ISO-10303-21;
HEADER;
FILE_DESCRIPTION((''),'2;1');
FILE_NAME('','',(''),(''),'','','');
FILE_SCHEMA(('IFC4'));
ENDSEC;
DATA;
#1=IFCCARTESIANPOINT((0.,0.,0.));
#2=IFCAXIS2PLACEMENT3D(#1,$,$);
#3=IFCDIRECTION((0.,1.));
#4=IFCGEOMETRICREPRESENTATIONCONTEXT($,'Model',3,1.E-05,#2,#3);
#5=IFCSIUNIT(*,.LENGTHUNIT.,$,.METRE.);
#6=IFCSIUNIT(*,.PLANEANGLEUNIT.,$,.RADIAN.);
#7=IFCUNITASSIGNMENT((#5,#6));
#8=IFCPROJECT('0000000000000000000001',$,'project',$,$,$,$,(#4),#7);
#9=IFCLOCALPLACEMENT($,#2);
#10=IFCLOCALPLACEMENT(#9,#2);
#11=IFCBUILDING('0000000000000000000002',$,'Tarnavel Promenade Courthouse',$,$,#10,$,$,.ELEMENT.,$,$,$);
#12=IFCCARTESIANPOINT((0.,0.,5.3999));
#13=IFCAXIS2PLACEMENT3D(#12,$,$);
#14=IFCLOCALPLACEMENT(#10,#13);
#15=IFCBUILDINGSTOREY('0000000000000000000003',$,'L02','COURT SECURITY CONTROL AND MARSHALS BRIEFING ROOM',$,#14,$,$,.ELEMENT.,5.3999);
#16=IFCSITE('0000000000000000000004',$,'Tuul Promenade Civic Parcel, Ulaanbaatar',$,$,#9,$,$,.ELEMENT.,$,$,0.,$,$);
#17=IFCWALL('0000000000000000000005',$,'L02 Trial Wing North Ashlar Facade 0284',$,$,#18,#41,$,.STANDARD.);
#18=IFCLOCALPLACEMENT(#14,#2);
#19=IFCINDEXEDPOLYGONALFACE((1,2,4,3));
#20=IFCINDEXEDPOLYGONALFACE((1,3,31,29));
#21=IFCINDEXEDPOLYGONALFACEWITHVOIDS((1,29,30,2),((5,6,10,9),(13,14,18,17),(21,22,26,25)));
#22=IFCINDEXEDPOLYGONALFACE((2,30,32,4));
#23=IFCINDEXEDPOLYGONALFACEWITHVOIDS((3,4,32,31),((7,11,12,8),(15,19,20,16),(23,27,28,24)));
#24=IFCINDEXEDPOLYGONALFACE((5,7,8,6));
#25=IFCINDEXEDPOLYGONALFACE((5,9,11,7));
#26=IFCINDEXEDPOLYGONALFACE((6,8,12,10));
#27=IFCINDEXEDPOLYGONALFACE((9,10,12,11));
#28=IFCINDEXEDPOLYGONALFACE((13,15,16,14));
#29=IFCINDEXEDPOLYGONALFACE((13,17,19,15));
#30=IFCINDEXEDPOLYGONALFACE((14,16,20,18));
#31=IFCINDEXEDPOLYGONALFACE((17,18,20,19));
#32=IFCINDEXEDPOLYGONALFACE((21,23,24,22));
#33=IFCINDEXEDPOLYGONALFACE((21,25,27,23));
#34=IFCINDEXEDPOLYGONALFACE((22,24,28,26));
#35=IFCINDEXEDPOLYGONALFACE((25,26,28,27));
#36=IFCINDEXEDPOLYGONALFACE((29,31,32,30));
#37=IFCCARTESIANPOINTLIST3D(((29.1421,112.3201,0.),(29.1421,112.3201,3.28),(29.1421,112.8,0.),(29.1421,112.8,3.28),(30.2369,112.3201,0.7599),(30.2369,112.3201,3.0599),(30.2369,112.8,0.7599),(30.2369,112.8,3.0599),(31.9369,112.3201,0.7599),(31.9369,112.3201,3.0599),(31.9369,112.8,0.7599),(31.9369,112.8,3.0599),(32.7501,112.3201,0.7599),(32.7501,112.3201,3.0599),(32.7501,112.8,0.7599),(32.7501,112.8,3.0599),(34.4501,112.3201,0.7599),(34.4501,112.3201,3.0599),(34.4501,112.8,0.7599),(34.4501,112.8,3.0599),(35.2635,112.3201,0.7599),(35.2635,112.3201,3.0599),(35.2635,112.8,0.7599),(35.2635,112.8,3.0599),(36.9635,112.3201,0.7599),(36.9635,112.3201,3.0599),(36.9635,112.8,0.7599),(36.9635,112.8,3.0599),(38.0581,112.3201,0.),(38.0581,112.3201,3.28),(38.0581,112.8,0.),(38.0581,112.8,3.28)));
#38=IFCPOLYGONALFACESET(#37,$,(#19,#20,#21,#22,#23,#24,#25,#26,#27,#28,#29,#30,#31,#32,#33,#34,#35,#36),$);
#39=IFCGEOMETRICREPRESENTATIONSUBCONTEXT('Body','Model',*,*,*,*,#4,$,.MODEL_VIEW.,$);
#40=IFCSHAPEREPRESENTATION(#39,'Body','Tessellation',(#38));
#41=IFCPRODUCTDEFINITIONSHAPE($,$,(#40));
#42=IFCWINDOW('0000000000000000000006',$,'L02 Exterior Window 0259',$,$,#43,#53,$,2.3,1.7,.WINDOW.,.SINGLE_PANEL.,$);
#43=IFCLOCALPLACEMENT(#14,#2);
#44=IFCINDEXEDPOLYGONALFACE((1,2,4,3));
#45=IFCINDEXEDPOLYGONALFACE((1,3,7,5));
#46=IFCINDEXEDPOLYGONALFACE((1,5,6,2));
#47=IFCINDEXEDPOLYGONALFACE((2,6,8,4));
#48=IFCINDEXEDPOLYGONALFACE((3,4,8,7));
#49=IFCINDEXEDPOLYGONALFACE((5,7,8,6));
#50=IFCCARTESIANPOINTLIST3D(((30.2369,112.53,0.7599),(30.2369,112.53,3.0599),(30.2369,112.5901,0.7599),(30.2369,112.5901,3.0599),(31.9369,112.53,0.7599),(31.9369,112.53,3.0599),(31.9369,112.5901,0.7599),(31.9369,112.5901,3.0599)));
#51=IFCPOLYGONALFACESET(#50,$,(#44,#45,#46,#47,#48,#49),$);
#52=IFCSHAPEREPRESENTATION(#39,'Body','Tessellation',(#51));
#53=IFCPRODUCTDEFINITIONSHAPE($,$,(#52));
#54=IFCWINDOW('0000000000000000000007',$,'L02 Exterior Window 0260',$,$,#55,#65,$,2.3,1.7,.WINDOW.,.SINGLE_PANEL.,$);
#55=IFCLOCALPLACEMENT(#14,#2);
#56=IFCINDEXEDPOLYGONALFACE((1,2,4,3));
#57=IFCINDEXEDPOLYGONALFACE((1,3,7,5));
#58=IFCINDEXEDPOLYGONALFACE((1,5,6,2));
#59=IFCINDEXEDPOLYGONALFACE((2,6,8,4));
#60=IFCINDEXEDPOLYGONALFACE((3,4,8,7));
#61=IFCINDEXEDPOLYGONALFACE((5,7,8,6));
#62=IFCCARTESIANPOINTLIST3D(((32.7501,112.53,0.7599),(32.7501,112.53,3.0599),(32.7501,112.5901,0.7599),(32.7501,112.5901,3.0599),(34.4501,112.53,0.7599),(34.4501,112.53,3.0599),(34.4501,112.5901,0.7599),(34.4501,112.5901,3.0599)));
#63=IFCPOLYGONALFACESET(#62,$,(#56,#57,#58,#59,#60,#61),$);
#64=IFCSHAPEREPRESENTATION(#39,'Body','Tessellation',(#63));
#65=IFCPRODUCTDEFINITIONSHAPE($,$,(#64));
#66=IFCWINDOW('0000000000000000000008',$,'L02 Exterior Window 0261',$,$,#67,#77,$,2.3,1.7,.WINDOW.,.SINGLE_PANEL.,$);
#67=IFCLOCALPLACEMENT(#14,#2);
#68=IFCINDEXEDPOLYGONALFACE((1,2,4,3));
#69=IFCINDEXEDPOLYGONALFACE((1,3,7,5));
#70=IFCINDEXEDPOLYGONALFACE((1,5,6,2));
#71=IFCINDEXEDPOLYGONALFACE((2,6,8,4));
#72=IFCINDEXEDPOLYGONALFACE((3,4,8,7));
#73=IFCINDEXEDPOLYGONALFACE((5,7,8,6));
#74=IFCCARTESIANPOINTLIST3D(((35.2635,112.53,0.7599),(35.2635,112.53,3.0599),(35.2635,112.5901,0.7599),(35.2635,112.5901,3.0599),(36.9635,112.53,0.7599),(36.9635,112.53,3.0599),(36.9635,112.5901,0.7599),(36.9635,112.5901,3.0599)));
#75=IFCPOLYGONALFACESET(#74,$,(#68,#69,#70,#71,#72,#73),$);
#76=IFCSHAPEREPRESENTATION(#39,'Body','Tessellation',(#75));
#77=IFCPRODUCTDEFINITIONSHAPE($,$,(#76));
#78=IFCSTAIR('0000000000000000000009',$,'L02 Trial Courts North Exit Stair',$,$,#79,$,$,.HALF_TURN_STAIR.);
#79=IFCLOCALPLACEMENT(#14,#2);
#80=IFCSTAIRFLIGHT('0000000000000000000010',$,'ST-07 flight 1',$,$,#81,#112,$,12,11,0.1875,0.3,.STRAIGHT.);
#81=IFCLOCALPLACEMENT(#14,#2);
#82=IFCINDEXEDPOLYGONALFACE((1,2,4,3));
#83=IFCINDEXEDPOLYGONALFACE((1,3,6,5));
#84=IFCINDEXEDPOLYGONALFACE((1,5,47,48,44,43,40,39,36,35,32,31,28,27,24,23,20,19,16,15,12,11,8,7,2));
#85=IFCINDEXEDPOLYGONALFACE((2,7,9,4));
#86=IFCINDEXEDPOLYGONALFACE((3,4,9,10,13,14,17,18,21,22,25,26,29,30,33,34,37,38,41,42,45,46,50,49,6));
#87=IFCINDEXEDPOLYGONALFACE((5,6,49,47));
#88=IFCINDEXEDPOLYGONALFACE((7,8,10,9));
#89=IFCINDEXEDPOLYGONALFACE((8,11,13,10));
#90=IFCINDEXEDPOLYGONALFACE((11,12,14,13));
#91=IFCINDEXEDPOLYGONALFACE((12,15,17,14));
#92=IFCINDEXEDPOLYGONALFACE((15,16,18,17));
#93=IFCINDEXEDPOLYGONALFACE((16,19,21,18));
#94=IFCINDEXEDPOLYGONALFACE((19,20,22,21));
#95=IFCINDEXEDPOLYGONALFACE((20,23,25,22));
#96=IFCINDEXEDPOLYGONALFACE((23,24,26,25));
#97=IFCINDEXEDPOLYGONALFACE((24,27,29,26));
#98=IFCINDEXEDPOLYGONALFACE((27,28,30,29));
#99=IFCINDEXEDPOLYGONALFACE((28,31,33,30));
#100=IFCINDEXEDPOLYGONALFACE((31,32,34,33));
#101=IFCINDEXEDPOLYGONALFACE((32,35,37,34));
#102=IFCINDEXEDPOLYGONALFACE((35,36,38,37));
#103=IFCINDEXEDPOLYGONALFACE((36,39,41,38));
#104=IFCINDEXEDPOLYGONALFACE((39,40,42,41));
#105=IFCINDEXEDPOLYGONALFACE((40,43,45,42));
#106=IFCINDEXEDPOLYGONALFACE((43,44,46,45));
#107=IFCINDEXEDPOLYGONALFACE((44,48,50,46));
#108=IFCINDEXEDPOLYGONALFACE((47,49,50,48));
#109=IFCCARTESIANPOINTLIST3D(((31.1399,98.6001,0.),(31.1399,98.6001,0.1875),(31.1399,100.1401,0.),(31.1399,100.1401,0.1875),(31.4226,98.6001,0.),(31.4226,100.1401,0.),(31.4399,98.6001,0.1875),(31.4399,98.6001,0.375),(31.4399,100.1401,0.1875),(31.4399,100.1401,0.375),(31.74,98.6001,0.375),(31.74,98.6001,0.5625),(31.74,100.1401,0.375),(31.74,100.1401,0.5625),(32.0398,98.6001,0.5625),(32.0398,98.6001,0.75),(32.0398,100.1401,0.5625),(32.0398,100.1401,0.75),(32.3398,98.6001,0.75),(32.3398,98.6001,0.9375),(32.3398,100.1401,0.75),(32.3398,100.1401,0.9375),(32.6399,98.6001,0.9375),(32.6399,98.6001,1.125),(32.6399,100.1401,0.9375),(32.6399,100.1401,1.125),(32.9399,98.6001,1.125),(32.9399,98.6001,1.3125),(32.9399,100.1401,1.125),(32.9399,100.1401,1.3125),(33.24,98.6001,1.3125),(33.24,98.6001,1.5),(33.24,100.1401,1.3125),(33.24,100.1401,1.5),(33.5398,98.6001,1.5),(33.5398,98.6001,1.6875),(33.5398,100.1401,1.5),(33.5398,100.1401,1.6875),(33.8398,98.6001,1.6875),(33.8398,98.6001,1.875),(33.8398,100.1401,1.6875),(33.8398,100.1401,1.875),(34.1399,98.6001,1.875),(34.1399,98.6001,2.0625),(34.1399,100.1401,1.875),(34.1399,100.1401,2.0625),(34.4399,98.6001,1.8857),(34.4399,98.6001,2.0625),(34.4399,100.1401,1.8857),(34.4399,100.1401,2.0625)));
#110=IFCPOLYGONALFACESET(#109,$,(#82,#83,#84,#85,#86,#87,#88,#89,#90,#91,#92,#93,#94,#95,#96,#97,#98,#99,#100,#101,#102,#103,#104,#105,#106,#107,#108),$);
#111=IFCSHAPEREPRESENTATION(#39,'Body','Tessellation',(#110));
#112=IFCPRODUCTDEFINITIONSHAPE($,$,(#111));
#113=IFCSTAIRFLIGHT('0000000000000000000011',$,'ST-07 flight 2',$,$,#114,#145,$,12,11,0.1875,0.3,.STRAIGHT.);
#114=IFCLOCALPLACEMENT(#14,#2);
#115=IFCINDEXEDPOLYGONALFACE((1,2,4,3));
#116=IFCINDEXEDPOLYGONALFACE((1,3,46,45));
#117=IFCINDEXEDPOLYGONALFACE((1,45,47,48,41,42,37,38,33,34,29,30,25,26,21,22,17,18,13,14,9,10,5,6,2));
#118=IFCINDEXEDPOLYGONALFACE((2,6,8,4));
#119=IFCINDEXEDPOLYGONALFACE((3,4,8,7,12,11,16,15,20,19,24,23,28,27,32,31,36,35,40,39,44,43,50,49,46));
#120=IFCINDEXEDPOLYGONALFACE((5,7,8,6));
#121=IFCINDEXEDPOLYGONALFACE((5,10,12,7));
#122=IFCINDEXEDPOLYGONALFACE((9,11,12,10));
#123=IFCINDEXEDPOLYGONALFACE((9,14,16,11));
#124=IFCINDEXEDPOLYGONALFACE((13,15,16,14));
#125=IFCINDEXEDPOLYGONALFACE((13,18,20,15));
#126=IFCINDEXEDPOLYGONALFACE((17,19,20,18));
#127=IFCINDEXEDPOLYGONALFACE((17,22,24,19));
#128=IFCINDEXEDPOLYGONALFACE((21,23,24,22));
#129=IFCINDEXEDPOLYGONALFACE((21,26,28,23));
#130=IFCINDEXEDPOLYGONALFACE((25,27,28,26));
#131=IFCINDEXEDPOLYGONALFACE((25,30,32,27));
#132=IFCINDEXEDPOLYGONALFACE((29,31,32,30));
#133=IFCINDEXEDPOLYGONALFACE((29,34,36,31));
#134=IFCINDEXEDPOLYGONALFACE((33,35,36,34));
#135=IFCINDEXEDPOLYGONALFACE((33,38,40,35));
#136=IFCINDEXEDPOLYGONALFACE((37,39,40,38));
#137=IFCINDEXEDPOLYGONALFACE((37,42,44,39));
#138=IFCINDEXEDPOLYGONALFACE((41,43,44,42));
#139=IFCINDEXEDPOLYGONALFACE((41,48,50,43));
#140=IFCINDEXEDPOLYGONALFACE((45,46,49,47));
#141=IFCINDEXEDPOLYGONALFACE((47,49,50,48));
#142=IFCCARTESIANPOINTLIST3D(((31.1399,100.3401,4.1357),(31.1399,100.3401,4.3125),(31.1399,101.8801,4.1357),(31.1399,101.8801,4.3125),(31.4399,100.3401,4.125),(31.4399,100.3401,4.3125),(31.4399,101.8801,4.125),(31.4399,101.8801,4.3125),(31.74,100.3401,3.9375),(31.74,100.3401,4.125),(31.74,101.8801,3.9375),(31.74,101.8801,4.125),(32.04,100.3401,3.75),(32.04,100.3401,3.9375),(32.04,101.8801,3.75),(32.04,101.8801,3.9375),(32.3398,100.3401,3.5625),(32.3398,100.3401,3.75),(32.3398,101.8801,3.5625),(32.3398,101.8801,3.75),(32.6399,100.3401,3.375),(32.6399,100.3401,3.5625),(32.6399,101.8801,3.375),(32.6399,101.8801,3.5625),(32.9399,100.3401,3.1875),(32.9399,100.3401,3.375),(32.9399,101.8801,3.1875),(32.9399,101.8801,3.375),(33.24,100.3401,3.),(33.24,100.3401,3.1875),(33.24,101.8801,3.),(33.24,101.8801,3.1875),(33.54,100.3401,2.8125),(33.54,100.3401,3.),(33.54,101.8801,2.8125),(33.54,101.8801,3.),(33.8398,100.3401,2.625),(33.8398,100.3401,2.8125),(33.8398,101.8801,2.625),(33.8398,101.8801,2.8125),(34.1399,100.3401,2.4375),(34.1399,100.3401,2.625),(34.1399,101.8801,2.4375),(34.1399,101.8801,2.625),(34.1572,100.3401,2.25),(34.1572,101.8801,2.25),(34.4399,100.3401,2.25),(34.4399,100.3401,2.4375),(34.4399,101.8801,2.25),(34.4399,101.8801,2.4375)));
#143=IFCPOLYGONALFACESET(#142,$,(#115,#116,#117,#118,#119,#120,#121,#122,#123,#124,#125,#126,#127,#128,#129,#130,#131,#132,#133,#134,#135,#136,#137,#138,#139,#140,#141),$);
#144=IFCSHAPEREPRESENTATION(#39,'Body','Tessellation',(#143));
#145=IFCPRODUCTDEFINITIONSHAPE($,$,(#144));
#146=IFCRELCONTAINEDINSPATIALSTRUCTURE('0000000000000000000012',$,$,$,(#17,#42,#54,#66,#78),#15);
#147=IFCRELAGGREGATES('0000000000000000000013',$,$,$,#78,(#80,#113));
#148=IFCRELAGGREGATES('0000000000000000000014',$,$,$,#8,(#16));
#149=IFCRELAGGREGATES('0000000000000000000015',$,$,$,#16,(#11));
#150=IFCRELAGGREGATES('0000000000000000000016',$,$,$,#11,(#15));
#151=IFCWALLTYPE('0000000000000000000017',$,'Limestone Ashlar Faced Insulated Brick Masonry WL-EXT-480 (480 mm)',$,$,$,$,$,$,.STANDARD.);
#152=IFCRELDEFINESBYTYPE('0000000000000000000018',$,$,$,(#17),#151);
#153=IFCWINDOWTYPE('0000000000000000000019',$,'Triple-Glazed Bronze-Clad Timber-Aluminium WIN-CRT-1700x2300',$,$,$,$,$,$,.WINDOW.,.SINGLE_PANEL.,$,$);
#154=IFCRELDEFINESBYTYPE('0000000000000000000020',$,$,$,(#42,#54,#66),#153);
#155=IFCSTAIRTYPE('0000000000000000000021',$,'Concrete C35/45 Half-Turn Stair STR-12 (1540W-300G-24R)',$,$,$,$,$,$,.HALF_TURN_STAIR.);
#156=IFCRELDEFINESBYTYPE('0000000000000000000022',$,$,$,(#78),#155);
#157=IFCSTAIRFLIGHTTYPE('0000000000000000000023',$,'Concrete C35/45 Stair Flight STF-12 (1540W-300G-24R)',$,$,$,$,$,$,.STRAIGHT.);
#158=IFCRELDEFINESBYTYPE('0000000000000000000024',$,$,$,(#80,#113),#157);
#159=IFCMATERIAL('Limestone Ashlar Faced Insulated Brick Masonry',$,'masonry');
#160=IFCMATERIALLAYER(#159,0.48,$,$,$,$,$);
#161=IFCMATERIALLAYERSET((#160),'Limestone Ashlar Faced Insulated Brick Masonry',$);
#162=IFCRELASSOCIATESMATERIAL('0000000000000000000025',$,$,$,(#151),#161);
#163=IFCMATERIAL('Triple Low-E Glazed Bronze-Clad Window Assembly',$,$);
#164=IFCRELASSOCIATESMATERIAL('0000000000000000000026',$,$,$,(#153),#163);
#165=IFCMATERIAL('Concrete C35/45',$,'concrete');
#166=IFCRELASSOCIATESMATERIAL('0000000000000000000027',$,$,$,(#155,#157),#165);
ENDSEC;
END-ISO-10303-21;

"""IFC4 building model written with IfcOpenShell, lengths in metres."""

from ifc_helpers import new_model, si_unit, direction, frame, frame_2d, origin, place, context, subcontext, project, spatial, polyline, rectangle, outline, extrude, material, layer, layer_set, type_object, element, fill, aggregate, save


model = new_model("IFC4")

# Units and contexts
model_context = context("Model", 3, precision=1e-05, world=origin(), true_north=direction((0.0, 1.0)))
body_context = subcontext(model_context, "Body", "Model", "MODEL_VIEW")
ifc_project = project(units=[si_unit("LENGTHUNIT", "METRE"), si_unit("PLANEANGLEUNIT", "RADIAN")], contexts=[model_context])

# Site, building, storey
site_placement = place(None, origin())
site = spatial("IfcSite", under=ifc_project, at=site_placement, Name="Tuul Promenade Civic Parcel, Ulaanbaatar", CompositionType="ELEMENT", RefElevation=0.0)
building_placement = place(site_placement, origin())
building = spatial("IfcBuilding", under=site, at=building_placement, Name="Tarnavel Promenade Courthouse", CompositionType="ELEMENT")
storey_placement = place(building_placement, frame((0.0, 0.0, 5.3999)))
storey = spatial("IfcBuildingStorey", under=building, at=storey_placement, Name="L02", Description="COURT SECURITY CONTROL AND MARSHALS BRIEFING ROOM", CompositionType="ELEMENT", Elevation=5.3999)

# Wall, openings, windows
ifc_material_1 = material(Name="Limestone Ashlar Faced Insulated Brick Masonry", Category="masonry")
ifc_layer_1 = layer(ifc_material_1, 0.48)
ifc_layer_set_1 = layer_set([ifc_layer_1], Name="Limestone Ashlar Faced Insulated Brick Masonry")
wall_type_1 = type_object("IfcWallType", Name="Limestone Ashlar Faced Insulated Brick Masonry WL-EXT-480 (480 mm)", PredefinedType="STANDARD", material=ifc_layer_set_1)
wall_1_placement = place(storey_placement, frame((29.1421, 112.5601, 0.0), z_axis=(0.0, 0.0, 1.0), x_axis=(1.0, 0.0, 0.0)))
wall_1 = element("IfcWall", 1, at=wall_1_placement, inside=storey, type_object=wall_type_1, Name="L02 Trial Wing North Ashlar Facade 0284", PredefinedType="STANDARD", context=body_context, shape_type="SweptSolid", body=[
    extrude(rectangle(XDim=8.916, YDim=0.48, at=frame_2d((4.458, 0.0))), origin(), (0.0, 0.0, 1.0), 3.28),
])
opening_1_placement = place(wall_1_placement, frame((1.0947, 0.0, 0.76)))
opening_1 = element("IfcOpeningElement", 2, at=opening_1_placement, cuts=wall_1, PredefinedType="OPENING", context=body_context, shape_type="SweptSolid", body=[
    extrude(rectangle(XDim=1.7, YDim=2.3, at=frame_2d((0.8501, 1.1499))), frame((0.0, 0.25, 0.0), z_axis=(0.0, -1.0, 0.0), x_axis=(1.0, 0.0, 0.0)), (0.0, 0.0, 1.0), 0.5),
])
opening_2_placement = place(wall_1_placement, frame((3.6079, 0.0, 0.76)))
opening_2 = element("IfcOpeningElement", 3, at=opening_2_placement, cuts=wall_1, PredefinedType="OPENING", context=body_context, shape_type="SweptSolid", body=[
    extrude(rectangle(XDim=1.7, YDim=2.3, at=frame_2d((0.8501, 1.1499))), frame((0.0, 0.25, 0.0), z_axis=(0.0, -1.0, 0.0), x_axis=(1.0, 0.0, 0.0)), (0.0, 0.0, 1.0), 0.5),
])
opening_3_placement = place(wall_1_placement, frame((6.1213, 0.0, 0.76)))
opening_3 = element("IfcOpeningElement", 4, at=opening_3_placement, cuts=wall_1, PredefinedType="OPENING", context=body_context, shape_type="SweptSolid", body=[
    extrude(rectangle(XDim=1.7, YDim=2.3, at=frame_2d((0.8501, 1.1499))), frame((0.0, 0.25, 0.0), z_axis=(0.0, -1.0, 0.0), x_axis=(1.0, 0.0, 0.0)), (0.0, 0.0, 1.0), 0.5),
])
ifc_material_2 = material(Name="Triple Low-E Glazed Bronze-Clad Window Assembly")
window_type = type_object("IfcWindowType", Name="Triple-Glazed Bronze-Clad Timber-Aluminium WIN-CRT-1700x2300", PartitioningType="SINGLE_PANEL", PredefinedType="WINDOW", material=ifc_material_2)
window_1_placement = place(opening_1_placement, origin())
window_1 = element("IfcWindow", 5, at=window_1_placement, inside=storey, type_object=window_type, Name="L02 Exterior Window 0259", OverallHeight=2.3, OverallWidth=1.7, PartitioningType="SINGLE_PANEL", PredefinedType="WINDOW", context=body_context, shape_type="SweptSolid", body=[
    extrude(rectangle(XDim=1.7, YDim=2.3, at=frame_2d((0.8501, 1.1499))), frame((0.0, 0.03, 0.0), z_axis=(0.0, -1.0, 0.0), x_axis=(1.0, 0.0, 0.0)), (0.0, 0.0, 1.0), 0.0601),
])
fill(opening_1, window_1)
window_2_placement = place(opening_2_placement, origin())
window_2 = element("IfcWindow", 6, at=window_2_placement, inside=storey, type_object=window_type, Name="L02 Exterior Window 0260", OverallHeight=2.3, OverallWidth=1.7, PartitioningType="SINGLE_PANEL", PredefinedType="WINDOW", context=body_context, shape_type="SweptSolid", body=[
    extrude(rectangle(XDim=1.7, YDim=2.3, at=frame_2d((0.8501, 1.1499))), frame((0.0, 0.03, 0.0), z_axis=(0.0, -1.0, 0.0), x_axis=(1.0, 0.0, 0.0)), (0.0, 0.0, 1.0), 0.0601),
])
fill(opening_2, window_2)
window_3_placement = place(opening_3_placement, origin())
window_3 = element("IfcWindow", 7, at=window_3_placement, inside=storey, type_object=window_type, Name="L02 Exterior Window 0261", OverallHeight=2.3, OverallWidth=1.7, PartitioningType="SINGLE_PANEL", PredefinedType="WINDOW", context=body_context, shape_type="SweptSolid", body=[
    extrude(rectangle(XDim=1.7, YDim=2.3, at=frame_2d((0.8501, 1.1499))), frame((0.0, 0.03, 0.0), z_axis=(0.0, -1.0, 0.0), x_axis=(1.0, 0.0, 0.0)), (0.0, 0.0, 1.0), 0.0601),
])
fill(opening_3, window_3)

# Stair, stair flights
ifc_material_3 = material(Name="Concrete C35/45", Category="concrete")
stair_type = type_object("IfcStairType", Name="Concrete C35/45 Half-Turn Stair STR-12 (1540W-300G-24R)", PredefinedType="HALF_TURN_STAIR", material=ifc_material_3)
stair_placement = place(storey_placement, origin())
stair = element("IfcStair", 8, at=stair_placement, inside=storey, type_object=stair_type, Name="L02 Trial Courts North Exit Stair", PredefinedType="HALF_TURN_STAIR")
stair_flight_type = type_object("IfcStairFlightType", Name="Concrete C35/45 Stair Flight STF-12 (1540W-300G-24R)", PredefinedType="STRAIGHT", material=ifc_material_3)
stair_flight_1_placement = place(storey_placement, frame((31.1399, 99.3701, 0.0), z_axis=(0.0, 0.0, 1.0), x_axis=(1.0, 0.0, 0.0)))
stair_flight_1 = element("IfcStairFlight", 9, at=stair_flight_1_placement, type_object=stair_flight_type, Name="ST-07 flight 1", NumberOfRisers=12, NumberOfTreads=11, PredefinedType="STRAIGHT", RiserHeight=0.1875, TreadLength=0.3, context=body_context, shape_type="SweptSolid", body=[
    extrude(outline(polyline([(0.0, 0.0), (0.0, 0.1875), (0.3, 0.1875), (0.3, 0.375), (0.6001, 0.375), (0.6001, 0.5625), (0.8999, 0.5625), (0.8999, 0.75), (1.2, 0.75), (1.2, 0.9375), (1.5, 0.9375), (1.5, 1.125), (1.8, 1.125), (1.8, 1.3125), (2.1001, 1.3125), (2.1001, 1.5), (2.3999, 1.5), (2.3999, 1.6875), (2.7, 1.6875), (2.7, 1.875), (3.0, 1.875), (3.0, 2.0625), (3.3, 2.0625), (3.3, 2.25), (3.3, 1.8857), (0.2827, 0.0), (0.0, 0.0)])), frame((0.0, 0.77, 0.0), z_axis=(0.0, -1.0, 0.0), x_axis=(1.0, 0.0, 0.0)), (0.0, 0.0, 1.0), 1.54),
])
stair_flight_2_placement = place(storey_placement, frame((34.4399, 101.1101, 2.25), z_axis=(0.0, 0.0, 1.0), x_axis=(-1.0, 0.0, 0.0)))
stair_flight_2 = element("IfcStairFlight", 10, at=stair_flight_2_placement, type_object=stair_flight_type, Name="ST-07 flight 2", NumberOfRisers=12, NumberOfTreads=11, PredefinedType="STRAIGHT", RiserHeight=0.1875, TreadLength=0.3, context=body_context, shape_type="SweptSolid", body=[
    extrude(outline(polyline([(0.0, 0.0), (0.0, 0.1875), (0.3, 0.1875), (0.3, 0.375), (0.6001, 0.375), (0.6001, 0.5625), (0.8999, 0.5625), (0.8999, 0.75), (1.2, 0.75), (1.2, 0.9375), (1.5, 0.9375), (1.5, 1.125), (1.8, 1.125), (1.8, 1.3125), (2.1001, 1.3125), (2.1001, 1.5), (2.3999, 1.5), (2.3999, 1.6875), (2.7, 1.6875), (2.7, 1.875), (3.0, 1.875), (3.0, 2.0625), (3.3, 2.0625), (3.3, 2.25), (3.3, 1.8857), (0.2827, 0.0), (0.0, 0.0)])), frame((0.0, 0.77, 0.0), z_axis=(0.0, -1.0, 0.0), x_axis=(1.0, 0.0, 0.0)), (0.0, 0.0, 1.0), 1.54),
])
aggregate(stair, [stair_flight_1, stair_flight_2])

save(model, "model.ifc")
